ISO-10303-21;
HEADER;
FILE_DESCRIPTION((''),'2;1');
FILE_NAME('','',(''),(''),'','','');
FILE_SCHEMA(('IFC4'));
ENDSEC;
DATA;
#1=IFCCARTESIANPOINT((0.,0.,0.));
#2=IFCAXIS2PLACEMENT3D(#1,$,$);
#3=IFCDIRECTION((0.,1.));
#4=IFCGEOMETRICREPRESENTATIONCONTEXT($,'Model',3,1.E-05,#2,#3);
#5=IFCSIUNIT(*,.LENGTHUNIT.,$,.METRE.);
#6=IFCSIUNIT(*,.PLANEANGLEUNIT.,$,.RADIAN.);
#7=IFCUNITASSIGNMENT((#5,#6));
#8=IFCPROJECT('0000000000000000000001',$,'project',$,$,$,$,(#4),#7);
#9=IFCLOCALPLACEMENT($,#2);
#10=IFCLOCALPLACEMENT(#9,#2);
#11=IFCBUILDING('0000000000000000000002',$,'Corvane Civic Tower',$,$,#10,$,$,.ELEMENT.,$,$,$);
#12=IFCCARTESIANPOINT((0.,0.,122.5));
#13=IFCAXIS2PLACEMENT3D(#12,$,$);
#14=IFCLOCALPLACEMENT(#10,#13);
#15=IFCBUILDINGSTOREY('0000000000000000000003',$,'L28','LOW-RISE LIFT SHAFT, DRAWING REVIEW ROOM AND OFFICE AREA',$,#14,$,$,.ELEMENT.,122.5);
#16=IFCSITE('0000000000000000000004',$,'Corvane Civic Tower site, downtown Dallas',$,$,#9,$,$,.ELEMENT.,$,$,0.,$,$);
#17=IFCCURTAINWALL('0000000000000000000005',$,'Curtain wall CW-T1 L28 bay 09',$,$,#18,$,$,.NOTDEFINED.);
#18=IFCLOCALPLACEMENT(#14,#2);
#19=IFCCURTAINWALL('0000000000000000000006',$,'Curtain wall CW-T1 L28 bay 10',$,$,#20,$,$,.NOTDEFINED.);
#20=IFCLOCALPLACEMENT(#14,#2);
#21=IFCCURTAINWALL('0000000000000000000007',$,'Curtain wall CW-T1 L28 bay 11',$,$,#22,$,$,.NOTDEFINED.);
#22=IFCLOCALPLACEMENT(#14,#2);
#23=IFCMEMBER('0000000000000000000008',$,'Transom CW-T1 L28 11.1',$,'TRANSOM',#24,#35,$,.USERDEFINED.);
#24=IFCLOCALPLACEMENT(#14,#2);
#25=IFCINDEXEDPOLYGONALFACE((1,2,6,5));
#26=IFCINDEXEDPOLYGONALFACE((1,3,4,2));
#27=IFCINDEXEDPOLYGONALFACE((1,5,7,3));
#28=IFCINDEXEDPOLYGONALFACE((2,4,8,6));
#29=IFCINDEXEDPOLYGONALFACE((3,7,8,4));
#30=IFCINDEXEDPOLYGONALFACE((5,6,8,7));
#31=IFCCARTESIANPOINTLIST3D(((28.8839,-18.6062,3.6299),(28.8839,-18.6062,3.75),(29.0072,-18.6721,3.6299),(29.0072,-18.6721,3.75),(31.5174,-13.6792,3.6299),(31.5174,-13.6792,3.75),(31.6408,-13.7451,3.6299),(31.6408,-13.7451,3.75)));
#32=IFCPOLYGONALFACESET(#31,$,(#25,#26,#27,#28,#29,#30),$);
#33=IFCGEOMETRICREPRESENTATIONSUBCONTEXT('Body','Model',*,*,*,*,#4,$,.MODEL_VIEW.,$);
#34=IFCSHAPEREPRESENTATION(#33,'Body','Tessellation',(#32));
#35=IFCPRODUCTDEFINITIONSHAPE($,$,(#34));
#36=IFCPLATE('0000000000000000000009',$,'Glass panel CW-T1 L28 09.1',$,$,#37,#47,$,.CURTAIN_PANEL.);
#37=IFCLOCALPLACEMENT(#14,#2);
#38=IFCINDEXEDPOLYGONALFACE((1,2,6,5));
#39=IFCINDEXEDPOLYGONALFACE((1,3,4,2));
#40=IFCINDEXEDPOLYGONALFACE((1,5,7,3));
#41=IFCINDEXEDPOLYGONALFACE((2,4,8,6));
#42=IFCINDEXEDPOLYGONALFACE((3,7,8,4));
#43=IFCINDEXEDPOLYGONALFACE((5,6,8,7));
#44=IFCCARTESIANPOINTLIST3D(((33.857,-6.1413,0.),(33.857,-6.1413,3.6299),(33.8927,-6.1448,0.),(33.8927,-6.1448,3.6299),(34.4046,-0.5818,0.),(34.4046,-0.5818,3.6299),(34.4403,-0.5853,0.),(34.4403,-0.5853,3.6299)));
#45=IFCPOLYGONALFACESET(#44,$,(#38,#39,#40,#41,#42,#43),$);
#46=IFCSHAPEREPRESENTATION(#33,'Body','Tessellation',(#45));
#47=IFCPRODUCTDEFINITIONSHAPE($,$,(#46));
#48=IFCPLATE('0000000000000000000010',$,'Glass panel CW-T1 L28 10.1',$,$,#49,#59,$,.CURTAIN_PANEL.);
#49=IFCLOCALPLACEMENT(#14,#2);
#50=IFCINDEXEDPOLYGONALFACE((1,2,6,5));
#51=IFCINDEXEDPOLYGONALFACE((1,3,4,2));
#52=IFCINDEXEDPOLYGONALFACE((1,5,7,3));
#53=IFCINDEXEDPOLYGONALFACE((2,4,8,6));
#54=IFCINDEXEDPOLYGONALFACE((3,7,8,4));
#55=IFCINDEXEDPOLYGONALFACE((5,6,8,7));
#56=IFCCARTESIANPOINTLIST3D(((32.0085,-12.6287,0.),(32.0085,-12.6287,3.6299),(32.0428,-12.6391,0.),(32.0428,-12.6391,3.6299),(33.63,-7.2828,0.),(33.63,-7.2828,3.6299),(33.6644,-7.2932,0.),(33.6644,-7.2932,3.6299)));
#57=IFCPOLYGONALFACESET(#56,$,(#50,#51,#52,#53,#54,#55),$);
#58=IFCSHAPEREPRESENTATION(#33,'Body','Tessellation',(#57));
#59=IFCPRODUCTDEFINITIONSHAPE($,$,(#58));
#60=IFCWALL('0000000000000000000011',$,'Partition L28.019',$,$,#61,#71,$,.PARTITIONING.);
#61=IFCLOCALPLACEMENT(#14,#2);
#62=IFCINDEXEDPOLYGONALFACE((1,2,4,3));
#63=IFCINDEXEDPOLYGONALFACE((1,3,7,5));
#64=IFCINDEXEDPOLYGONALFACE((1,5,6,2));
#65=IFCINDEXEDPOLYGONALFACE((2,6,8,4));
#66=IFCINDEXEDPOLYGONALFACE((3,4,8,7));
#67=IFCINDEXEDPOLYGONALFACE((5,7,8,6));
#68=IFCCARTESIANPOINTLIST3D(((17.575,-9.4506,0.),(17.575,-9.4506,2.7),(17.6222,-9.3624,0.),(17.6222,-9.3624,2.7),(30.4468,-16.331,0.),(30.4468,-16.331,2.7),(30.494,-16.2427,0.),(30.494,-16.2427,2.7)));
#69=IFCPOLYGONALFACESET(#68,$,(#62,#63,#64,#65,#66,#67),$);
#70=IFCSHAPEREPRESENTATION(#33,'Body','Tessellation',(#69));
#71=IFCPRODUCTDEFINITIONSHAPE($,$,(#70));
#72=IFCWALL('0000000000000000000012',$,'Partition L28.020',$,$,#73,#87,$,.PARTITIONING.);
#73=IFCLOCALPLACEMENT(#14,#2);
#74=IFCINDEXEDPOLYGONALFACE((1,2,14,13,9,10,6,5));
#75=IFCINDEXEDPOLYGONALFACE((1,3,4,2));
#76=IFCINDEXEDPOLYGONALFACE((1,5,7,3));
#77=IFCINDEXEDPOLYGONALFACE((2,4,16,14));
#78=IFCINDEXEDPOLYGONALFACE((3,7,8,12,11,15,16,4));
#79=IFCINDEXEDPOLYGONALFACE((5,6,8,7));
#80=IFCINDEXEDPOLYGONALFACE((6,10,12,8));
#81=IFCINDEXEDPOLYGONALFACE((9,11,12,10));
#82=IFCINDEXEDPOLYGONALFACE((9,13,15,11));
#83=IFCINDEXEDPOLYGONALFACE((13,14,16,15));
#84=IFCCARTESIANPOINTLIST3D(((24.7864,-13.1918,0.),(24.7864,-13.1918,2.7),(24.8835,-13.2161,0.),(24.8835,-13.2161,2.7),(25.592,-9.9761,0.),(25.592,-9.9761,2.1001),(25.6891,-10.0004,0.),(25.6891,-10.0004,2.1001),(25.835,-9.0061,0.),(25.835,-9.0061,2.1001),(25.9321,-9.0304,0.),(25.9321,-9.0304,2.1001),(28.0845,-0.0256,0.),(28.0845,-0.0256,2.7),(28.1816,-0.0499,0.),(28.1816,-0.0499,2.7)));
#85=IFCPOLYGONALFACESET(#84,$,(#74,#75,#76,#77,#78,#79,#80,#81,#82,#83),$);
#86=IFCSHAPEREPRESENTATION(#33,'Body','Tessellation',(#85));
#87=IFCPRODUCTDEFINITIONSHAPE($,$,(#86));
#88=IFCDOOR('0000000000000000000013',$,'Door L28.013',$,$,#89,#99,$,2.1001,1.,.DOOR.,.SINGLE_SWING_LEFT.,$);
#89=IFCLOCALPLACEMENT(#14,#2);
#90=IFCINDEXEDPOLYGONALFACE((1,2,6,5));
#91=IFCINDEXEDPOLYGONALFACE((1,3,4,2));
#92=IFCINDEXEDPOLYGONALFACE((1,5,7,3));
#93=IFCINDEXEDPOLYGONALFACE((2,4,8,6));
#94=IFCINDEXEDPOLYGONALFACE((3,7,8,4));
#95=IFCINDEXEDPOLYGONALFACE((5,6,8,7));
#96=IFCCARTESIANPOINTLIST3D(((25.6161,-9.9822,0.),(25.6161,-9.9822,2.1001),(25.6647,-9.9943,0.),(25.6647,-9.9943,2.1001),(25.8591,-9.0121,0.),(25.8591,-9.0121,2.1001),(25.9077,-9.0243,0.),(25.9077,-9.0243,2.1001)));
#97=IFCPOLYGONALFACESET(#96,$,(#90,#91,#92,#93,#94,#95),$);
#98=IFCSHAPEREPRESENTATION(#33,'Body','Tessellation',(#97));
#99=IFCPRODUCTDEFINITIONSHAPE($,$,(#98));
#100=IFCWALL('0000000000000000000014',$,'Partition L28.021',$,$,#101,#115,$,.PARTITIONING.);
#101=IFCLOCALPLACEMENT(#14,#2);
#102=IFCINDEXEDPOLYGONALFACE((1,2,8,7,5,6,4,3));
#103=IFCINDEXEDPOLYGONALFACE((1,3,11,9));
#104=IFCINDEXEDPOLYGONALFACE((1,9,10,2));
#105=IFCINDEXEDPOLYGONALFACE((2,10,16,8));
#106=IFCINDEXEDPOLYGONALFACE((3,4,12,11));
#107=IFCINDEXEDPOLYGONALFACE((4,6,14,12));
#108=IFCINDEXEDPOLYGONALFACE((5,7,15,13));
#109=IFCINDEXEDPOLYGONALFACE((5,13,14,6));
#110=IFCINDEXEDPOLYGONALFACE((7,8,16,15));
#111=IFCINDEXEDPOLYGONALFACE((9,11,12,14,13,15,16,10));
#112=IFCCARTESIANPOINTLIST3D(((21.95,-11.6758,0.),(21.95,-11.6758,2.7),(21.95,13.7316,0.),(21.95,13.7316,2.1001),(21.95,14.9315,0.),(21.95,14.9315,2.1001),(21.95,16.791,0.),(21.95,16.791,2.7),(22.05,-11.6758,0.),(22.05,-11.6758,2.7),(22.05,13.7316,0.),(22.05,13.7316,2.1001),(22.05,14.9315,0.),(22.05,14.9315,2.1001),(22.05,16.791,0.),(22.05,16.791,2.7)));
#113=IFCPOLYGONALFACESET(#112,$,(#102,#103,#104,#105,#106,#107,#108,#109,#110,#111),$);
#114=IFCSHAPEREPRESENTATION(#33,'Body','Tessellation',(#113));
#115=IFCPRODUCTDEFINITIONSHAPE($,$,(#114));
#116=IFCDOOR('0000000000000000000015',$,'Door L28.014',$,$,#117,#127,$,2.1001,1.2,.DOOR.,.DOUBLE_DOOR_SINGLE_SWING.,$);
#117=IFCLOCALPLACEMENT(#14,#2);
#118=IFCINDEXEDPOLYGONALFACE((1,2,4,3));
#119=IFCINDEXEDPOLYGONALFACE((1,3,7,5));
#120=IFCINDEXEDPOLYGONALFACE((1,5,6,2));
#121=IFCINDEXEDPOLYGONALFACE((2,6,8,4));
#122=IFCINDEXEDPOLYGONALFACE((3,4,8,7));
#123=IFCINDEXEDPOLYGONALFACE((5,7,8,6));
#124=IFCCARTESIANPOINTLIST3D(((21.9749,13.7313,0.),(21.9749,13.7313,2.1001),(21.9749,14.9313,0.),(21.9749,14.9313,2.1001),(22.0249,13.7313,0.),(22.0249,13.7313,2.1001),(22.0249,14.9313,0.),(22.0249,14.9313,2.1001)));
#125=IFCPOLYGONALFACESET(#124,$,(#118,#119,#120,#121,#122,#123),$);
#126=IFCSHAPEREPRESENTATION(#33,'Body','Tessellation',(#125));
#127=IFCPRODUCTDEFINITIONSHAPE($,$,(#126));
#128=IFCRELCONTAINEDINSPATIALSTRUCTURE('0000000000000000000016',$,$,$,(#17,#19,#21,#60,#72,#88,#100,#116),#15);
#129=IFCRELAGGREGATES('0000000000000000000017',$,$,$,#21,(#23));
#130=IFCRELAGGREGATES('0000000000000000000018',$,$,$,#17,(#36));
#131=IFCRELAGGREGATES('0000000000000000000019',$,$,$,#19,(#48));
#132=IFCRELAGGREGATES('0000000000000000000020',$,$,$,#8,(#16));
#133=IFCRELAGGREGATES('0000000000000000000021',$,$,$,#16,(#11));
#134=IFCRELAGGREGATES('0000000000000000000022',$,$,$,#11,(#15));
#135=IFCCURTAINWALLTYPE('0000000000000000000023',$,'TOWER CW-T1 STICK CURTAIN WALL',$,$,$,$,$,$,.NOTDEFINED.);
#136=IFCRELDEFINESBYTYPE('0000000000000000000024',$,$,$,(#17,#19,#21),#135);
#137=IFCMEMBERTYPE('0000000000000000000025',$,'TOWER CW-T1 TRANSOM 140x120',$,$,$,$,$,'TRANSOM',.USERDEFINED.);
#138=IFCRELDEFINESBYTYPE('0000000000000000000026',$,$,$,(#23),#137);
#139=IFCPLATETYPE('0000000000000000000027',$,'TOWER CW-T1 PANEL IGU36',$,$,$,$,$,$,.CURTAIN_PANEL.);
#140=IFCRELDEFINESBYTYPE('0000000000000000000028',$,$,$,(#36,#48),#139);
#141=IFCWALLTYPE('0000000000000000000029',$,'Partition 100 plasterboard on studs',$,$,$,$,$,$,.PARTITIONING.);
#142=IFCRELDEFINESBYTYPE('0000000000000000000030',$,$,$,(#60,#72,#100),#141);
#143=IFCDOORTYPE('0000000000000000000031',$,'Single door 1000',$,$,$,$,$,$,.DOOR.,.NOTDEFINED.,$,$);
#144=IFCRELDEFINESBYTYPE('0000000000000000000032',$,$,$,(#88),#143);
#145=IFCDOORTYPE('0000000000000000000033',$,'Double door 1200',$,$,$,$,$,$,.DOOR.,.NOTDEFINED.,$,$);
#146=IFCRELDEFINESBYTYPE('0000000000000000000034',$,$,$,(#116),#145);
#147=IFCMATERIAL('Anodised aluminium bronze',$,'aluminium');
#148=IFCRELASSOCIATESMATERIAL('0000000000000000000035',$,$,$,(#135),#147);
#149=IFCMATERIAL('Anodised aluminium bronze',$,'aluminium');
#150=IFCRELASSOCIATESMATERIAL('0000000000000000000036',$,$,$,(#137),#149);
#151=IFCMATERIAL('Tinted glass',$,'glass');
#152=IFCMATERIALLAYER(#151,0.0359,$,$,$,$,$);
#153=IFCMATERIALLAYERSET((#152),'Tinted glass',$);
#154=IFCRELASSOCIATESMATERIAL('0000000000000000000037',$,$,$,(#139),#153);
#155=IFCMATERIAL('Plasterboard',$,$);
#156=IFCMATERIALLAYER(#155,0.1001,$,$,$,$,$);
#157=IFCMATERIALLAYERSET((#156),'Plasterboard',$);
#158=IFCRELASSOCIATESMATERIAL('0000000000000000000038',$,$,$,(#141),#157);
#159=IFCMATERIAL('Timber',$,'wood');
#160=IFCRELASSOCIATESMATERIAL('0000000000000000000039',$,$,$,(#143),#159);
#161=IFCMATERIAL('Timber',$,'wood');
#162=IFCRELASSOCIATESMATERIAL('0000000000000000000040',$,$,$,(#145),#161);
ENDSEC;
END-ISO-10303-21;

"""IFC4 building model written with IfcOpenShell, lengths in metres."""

from ifc_helpers import new_model, si_unit, direction, frame, frame_2d, origin, origin_2d, place, context, subcontext, project, spatial, rectangle, extrude, material, layer, layer_set, material_profile, profile_set, type_object, element, fill, aggregate, save


model = new_model("IFC4")

# Units and contexts
model_context = context("Model", 3, precision=1e-05, world=origin(), true_north=direction((0.0, 1.0)))
body_context = subcontext(model_context, "Body", "Model", "MODEL_VIEW")
ifc_project = project(units=[si_unit("LENGTHUNIT", "METRE"), si_unit("PLANEANGLEUNIT", "RADIAN")], contexts=[model_context])

# Site, building, storey
site_placement = place(None, origin())
site = spatial("IfcSite", under=ifc_project, at=site_placement, Name="Corvane Civic Tower site, downtown Dallas", CompositionType="ELEMENT", RefElevation=0.0)
building_placement = place(site_placement, origin())
building = spatial("IfcBuilding", under=site, at=building_placement, Name="Corvane Civic Tower", CompositionType="ELEMENT")
storey_placement = place(building_placement, frame((0.0, 0.0, 122.5)))
storey = spatial("IfcBuildingStorey", under=building, at=storey_placement, Name="L28", Description="LOW-RISE LIFT SHAFT, DRAWING REVIEW ROOM AND OFFICE AREA", CompositionType="ELEMENT", Elevation=122.5)

# Curtain walls, member
ifc_material_1 = material(Name="Anodised aluminium bronze", Category="aluminium")
curtain_wall_type = type_object("IfcCurtainWallType", Name="TOWER CW-T1 STICK CURTAIN WALL", PredefinedType="NOTDEFINED", material=ifc_material_1)
curtain_wall_1_placement = place(storey_placement, origin())
curtain_wall_1 = element("IfcCurtainWall", 1, at=curtain_wall_1_placement, inside=storey, type_object=curtain_wall_type, Name="Curtain wall CW-T1 L28 bay 09", PredefinedType="NOTDEFINED")
ifc_material_2 = material(Name="Anodised aluminium bronze", Category="aluminium")
ifc_material_profile_1 = material_profile(ifc_material_2, rectangle(XDim=0.1399, YDim=0.1201, at=origin_2d()), Name="TOWER CW-T1 TRANSOM 140x120")
ifc_profile_set_1 = profile_set([ifc_material_profile_1], Name="Anodised aluminium bronze")
member_type = type_object("IfcMemberType", Name="TOWER CW-T1 TRANSOM 140x120", ElementType="TRANSOM", PredefinedType="USERDEFINED", material=ifc_profile_set_1)
curtain_wall_2_placement = place(storey_placement, origin())
curtain_wall_2 = element("IfcCurtainWall", 2, at=curtain_wall_2_placement, inside=storey, type_object=curtain_wall_type, Name="Curtain wall CW-T1 L28 bay 10", PredefinedType="NOTDEFINED")
curtain_wall_3_placement = place(storey_placement, origin())
curtain_wall_3 = element("IfcCurtainWall", 3, at=curtain_wall_3_placement, inside=storey, type_object=curtain_wall_type, Name="Curtain wall CW-T1 L28 bay 11", PredefinedType="NOTDEFINED")
member_1_placement = place(storey_placement, frame((31.5791, -13.7122, 3.6899), z_axis=(-0.471398, -0.881921, 0.0), x_axis=(0.881921, -0.471398, 0.0)))
member_1 = element("IfcMember", 4, at=member_1_placement, type_object=member_type, Name="Transom CW-T1 L28 11.1", ObjectType="TRANSOM", PredefinedType="USERDEFINED", context=body_context, shape_type="SweptSolid", body=[
    extrude(rectangle(XDim=0.1399, YDim=0.1201, at=origin_2d()), origin(), (0.0, 0.0, 1.0), 5.5867),
])
aggregate(curtain_wall_3, [member_1])

# Plates
ifc_material_3 = material(Name="Tinted glass", Category="glass")
ifc_layer_1 = layer(ifc_material_3, 0.0359)
ifc_layer_set_1 = layer_set([ifc_layer_1], Name="Tinted glass")
plate_type = type_object("IfcPlateType", Name="TOWER CW-T1 PANEL IGU36", PredefinedType="CURTAIN_PANEL", material=ifc_layer_set_1)
plate_1_placement = place(storey_placement, frame((34.1487, -3.3633, 0.0), z_axis=(0.0, 0.0, 1.0), x_axis=(-0.098027, -0.995184, 0.0)))
plate_1 = element("IfcPlate", 5, at=plate_1_placement, type_object=plate_type, Name="Glass panel CW-T1 L28 09.1", PredefinedType="CURTAIN_PANEL", context=body_context, shape_type="SweptSolid", body=[
    extrude(rectangle(XDim=5.5864, YDim=0.0359, at=origin_2d()), origin(), (0.0, 0.0, 1.0), 3.6299),
])
aggregate(curtain_wall_1, [plate_1])
plate_2_placement = place(storey_placement, frame((32.8364, -9.9609, 0.0), z_axis=(0.0, 0.0, 1.0), x_axis=(-0.290266, -0.956946, 0.0)))
plate_2 = element("IfcPlate", 6, at=plate_2_placement, type_object=plate_type, Name="Glass panel CW-T1 L28 10.1", PredefinedType="CURTAIN_PANEL", context=body_context, shape_type="SweptSolid", body=[
    extrude(rectangle(XDim=5.5864, YDim=0.0359, at=origin_2d()), origin(), (0.0, 0.0, 1.0), 3.6299),
])
aggregate(curtain_wall_2, [plate_2])

# Wall
ifc_material_4 = material(Name="Plasterboard")
ifc_layer_2 = layer(ifc_material_4, 0.1001)
ifc_layer_set_2 = layer_set([ifc_layer_2], Name="Plasterboard")
wall_type = type_object("IfcWallType", Name="Partition 100 plasterboard on studs", PredefinedType="PARTITIONING", material=ifc_layer_set_2)
wall_1_placement = place(storey_placement, frame((17.5986, -9.4065, 0.0), z_axis=(0.0, 0.0, 1.0), x_axis=(0.881915, -0.471409, 0.0)))
element("IfcWall", 7, at=wall_1_placement, inside=storey, type_object=wall_type, Name="Partition L28.019", PredefinedType="PARTITIONING", context=body_context, shape_type="SweptSolid", body=[
    extrude(rectangle(XDim=14.5952, YDim=0.1001, at=frame_2d((7.2976, 0.0))), origin(), (0.0, 0.0, 1.0), 2.7),
])

# Walls, openings, doors
wall_2_placement = place(storey_placement, frame((24.835, -13.2041, 0.0), z_axis=(0.0, 0.0, 1.0), x_axis=(0.242988, 0.970029, 0.0)))
wall_2 = element("IfcWall", 8, at=wall_2_placement, inside=storey, type_object=wall_type, Name="Partition L28.020", PredefinedType="PARTITIONING", context=body_context, shape_type="SweptSolid", body=[
    extrude(rectangle(XDim=13.573, YDim=0.1001, at=frame_2d((6.7866, 0.0))), origin(), (0.0, 0.0, 1.0), 2.7),
])
opening_1_placement = place(wall_2_placement, frame((3.3152, 0.0, 0.0)))
opening_1 = element("IfcOpeningElement", 9, at=opening_1_placement, cuts=wall_2, PredefinedType="OPENING", context=body_context, shape_type="SweptSolid", body=[
    extrude(rectangle(XDim=1.0, YDim=2.1001, at=frame_2d((0.5, 1.05))), frame((0.0, 0.0601, 0.0), z_axis=(0.0, -1.0, 0.0), x_axis=(1.0, 0.0, 0.0)), (0.0, 0.0, 1.0), 0.1201),
])
ifc_material_5 = material(Name="Timber", Category="wood")
door_type_1 = type_object("IfcDoorType", Name="Single door 1000", OperationType="NOTDEFINED", PredefinedType="DOOR", material=ifc_material_5)
door_1_placement = place(opening_1_placement, frame((1.0, 0.0, 0.0), z_axis=(0.0, 0.0, 1.0), x_axis=(-1.0, 0.0, 0.0)))
door_1 = element("IfcDoor", 10, at=door_1_placement, inside=storey, type_object=door_type_1, Name="Door L28.013", OperationType="SINGLE_SWING_LEFT", OverallHeight=2.1001, OverallWidth=1.0, PredefinedType="DOOR", context=body_context, shape_type="SweptSolid", body=[
    extrude(rectangle(XDim=1.0, YDim=2.1001, at=frame_2d((0.5, 1.05))), frame((0.0, 0.0249, 0.0), z_axis=(0.0, -1.0, 0.0), x_axis=(1.0, 0.0, 0.0)), (0.0, 0.0, 1.0), 0.05),
])
fill(opening_1, door_1)
wall_3_placement = place(storey_placement, frame((22.0, -11.6758, 0.0), z_axis=(0.0, 0.0, 1.0), x_axis=(0.0, 1.0, 0.0)))
wall_3 = element("IfcWall", 11, at=wall_3_placement, inside=storey, type_object=wall_type, Name="Partition L28.021", PredefinedType="PARTITIONING", context=body_context, shape_type="SweptSolid", body=[
    extrude(rectangle(XDim=28.4668, YDim=0.1001, at=frame_2d((14.2334, 0.0))), origin(), (0.0, 0.0, 1.0), 2.7),
])
opening_2_placement = place(wall_3_placement, frame((25.4072, 0.0, 0.0)))
opening_2 = element("IfcOpeningElement", 12, at=opening_2_placement, cuts=wall_3, PredefinedType="OPENING", context=body_context, shape_type="SweptSolid", body=[
    extrude(rectangle(XDim=1.2, YDim=2.1001, at=frame_2d((0.6001, 1.05))), frame((0.0, 0.0601, 0.0), z_axis=(0.0, -1.0, 0.0), x_axis=(1.0, 0.0, 0.0)), (0.0, 0.0, 1.0), 0.1201),
])
ifc_material_6 = material(Name="Timber", Category="wood")
door_type_2 = type_object("IfcDoorType", Name="Double door 1200", OperationType="NOTDEFINED", PredefinedType="DOOR", material=ifc_material_6)
door_2_placement = place(opening_2_placement, frame((1.2, 0.0, 0.0), z_axis=(0.0, 0.0, 1.0), x_axis=(-1.0, 0.0, 0.0)))
door_2 = element("IfcDoor", 13, at=door_2_placement, inside=storey, type_object=door_type_2, Name="Door L28.014", OperationType="DOUBLE_DOOR_SINGLE_SWING", OverallHeight=2.1001, OverallWidth=1.2, PredefinedType="DOOR", context=body_context, shape_type="SweptSolid", body=[
    extrude(rectangle(XDim=1.2, YDim=2.1001, at=frame_2d((0.6001, 1.05))), frame((0.0, 0.0249, 0.0), z_axis=(0.0, -1.0, 0.0), x_axis=(1.0, 0.0, 0.0)), (0.0, 0.0, 1.0), 0.05),
])
fill(opening_2, door_2)

save(model, "model.ifc")
